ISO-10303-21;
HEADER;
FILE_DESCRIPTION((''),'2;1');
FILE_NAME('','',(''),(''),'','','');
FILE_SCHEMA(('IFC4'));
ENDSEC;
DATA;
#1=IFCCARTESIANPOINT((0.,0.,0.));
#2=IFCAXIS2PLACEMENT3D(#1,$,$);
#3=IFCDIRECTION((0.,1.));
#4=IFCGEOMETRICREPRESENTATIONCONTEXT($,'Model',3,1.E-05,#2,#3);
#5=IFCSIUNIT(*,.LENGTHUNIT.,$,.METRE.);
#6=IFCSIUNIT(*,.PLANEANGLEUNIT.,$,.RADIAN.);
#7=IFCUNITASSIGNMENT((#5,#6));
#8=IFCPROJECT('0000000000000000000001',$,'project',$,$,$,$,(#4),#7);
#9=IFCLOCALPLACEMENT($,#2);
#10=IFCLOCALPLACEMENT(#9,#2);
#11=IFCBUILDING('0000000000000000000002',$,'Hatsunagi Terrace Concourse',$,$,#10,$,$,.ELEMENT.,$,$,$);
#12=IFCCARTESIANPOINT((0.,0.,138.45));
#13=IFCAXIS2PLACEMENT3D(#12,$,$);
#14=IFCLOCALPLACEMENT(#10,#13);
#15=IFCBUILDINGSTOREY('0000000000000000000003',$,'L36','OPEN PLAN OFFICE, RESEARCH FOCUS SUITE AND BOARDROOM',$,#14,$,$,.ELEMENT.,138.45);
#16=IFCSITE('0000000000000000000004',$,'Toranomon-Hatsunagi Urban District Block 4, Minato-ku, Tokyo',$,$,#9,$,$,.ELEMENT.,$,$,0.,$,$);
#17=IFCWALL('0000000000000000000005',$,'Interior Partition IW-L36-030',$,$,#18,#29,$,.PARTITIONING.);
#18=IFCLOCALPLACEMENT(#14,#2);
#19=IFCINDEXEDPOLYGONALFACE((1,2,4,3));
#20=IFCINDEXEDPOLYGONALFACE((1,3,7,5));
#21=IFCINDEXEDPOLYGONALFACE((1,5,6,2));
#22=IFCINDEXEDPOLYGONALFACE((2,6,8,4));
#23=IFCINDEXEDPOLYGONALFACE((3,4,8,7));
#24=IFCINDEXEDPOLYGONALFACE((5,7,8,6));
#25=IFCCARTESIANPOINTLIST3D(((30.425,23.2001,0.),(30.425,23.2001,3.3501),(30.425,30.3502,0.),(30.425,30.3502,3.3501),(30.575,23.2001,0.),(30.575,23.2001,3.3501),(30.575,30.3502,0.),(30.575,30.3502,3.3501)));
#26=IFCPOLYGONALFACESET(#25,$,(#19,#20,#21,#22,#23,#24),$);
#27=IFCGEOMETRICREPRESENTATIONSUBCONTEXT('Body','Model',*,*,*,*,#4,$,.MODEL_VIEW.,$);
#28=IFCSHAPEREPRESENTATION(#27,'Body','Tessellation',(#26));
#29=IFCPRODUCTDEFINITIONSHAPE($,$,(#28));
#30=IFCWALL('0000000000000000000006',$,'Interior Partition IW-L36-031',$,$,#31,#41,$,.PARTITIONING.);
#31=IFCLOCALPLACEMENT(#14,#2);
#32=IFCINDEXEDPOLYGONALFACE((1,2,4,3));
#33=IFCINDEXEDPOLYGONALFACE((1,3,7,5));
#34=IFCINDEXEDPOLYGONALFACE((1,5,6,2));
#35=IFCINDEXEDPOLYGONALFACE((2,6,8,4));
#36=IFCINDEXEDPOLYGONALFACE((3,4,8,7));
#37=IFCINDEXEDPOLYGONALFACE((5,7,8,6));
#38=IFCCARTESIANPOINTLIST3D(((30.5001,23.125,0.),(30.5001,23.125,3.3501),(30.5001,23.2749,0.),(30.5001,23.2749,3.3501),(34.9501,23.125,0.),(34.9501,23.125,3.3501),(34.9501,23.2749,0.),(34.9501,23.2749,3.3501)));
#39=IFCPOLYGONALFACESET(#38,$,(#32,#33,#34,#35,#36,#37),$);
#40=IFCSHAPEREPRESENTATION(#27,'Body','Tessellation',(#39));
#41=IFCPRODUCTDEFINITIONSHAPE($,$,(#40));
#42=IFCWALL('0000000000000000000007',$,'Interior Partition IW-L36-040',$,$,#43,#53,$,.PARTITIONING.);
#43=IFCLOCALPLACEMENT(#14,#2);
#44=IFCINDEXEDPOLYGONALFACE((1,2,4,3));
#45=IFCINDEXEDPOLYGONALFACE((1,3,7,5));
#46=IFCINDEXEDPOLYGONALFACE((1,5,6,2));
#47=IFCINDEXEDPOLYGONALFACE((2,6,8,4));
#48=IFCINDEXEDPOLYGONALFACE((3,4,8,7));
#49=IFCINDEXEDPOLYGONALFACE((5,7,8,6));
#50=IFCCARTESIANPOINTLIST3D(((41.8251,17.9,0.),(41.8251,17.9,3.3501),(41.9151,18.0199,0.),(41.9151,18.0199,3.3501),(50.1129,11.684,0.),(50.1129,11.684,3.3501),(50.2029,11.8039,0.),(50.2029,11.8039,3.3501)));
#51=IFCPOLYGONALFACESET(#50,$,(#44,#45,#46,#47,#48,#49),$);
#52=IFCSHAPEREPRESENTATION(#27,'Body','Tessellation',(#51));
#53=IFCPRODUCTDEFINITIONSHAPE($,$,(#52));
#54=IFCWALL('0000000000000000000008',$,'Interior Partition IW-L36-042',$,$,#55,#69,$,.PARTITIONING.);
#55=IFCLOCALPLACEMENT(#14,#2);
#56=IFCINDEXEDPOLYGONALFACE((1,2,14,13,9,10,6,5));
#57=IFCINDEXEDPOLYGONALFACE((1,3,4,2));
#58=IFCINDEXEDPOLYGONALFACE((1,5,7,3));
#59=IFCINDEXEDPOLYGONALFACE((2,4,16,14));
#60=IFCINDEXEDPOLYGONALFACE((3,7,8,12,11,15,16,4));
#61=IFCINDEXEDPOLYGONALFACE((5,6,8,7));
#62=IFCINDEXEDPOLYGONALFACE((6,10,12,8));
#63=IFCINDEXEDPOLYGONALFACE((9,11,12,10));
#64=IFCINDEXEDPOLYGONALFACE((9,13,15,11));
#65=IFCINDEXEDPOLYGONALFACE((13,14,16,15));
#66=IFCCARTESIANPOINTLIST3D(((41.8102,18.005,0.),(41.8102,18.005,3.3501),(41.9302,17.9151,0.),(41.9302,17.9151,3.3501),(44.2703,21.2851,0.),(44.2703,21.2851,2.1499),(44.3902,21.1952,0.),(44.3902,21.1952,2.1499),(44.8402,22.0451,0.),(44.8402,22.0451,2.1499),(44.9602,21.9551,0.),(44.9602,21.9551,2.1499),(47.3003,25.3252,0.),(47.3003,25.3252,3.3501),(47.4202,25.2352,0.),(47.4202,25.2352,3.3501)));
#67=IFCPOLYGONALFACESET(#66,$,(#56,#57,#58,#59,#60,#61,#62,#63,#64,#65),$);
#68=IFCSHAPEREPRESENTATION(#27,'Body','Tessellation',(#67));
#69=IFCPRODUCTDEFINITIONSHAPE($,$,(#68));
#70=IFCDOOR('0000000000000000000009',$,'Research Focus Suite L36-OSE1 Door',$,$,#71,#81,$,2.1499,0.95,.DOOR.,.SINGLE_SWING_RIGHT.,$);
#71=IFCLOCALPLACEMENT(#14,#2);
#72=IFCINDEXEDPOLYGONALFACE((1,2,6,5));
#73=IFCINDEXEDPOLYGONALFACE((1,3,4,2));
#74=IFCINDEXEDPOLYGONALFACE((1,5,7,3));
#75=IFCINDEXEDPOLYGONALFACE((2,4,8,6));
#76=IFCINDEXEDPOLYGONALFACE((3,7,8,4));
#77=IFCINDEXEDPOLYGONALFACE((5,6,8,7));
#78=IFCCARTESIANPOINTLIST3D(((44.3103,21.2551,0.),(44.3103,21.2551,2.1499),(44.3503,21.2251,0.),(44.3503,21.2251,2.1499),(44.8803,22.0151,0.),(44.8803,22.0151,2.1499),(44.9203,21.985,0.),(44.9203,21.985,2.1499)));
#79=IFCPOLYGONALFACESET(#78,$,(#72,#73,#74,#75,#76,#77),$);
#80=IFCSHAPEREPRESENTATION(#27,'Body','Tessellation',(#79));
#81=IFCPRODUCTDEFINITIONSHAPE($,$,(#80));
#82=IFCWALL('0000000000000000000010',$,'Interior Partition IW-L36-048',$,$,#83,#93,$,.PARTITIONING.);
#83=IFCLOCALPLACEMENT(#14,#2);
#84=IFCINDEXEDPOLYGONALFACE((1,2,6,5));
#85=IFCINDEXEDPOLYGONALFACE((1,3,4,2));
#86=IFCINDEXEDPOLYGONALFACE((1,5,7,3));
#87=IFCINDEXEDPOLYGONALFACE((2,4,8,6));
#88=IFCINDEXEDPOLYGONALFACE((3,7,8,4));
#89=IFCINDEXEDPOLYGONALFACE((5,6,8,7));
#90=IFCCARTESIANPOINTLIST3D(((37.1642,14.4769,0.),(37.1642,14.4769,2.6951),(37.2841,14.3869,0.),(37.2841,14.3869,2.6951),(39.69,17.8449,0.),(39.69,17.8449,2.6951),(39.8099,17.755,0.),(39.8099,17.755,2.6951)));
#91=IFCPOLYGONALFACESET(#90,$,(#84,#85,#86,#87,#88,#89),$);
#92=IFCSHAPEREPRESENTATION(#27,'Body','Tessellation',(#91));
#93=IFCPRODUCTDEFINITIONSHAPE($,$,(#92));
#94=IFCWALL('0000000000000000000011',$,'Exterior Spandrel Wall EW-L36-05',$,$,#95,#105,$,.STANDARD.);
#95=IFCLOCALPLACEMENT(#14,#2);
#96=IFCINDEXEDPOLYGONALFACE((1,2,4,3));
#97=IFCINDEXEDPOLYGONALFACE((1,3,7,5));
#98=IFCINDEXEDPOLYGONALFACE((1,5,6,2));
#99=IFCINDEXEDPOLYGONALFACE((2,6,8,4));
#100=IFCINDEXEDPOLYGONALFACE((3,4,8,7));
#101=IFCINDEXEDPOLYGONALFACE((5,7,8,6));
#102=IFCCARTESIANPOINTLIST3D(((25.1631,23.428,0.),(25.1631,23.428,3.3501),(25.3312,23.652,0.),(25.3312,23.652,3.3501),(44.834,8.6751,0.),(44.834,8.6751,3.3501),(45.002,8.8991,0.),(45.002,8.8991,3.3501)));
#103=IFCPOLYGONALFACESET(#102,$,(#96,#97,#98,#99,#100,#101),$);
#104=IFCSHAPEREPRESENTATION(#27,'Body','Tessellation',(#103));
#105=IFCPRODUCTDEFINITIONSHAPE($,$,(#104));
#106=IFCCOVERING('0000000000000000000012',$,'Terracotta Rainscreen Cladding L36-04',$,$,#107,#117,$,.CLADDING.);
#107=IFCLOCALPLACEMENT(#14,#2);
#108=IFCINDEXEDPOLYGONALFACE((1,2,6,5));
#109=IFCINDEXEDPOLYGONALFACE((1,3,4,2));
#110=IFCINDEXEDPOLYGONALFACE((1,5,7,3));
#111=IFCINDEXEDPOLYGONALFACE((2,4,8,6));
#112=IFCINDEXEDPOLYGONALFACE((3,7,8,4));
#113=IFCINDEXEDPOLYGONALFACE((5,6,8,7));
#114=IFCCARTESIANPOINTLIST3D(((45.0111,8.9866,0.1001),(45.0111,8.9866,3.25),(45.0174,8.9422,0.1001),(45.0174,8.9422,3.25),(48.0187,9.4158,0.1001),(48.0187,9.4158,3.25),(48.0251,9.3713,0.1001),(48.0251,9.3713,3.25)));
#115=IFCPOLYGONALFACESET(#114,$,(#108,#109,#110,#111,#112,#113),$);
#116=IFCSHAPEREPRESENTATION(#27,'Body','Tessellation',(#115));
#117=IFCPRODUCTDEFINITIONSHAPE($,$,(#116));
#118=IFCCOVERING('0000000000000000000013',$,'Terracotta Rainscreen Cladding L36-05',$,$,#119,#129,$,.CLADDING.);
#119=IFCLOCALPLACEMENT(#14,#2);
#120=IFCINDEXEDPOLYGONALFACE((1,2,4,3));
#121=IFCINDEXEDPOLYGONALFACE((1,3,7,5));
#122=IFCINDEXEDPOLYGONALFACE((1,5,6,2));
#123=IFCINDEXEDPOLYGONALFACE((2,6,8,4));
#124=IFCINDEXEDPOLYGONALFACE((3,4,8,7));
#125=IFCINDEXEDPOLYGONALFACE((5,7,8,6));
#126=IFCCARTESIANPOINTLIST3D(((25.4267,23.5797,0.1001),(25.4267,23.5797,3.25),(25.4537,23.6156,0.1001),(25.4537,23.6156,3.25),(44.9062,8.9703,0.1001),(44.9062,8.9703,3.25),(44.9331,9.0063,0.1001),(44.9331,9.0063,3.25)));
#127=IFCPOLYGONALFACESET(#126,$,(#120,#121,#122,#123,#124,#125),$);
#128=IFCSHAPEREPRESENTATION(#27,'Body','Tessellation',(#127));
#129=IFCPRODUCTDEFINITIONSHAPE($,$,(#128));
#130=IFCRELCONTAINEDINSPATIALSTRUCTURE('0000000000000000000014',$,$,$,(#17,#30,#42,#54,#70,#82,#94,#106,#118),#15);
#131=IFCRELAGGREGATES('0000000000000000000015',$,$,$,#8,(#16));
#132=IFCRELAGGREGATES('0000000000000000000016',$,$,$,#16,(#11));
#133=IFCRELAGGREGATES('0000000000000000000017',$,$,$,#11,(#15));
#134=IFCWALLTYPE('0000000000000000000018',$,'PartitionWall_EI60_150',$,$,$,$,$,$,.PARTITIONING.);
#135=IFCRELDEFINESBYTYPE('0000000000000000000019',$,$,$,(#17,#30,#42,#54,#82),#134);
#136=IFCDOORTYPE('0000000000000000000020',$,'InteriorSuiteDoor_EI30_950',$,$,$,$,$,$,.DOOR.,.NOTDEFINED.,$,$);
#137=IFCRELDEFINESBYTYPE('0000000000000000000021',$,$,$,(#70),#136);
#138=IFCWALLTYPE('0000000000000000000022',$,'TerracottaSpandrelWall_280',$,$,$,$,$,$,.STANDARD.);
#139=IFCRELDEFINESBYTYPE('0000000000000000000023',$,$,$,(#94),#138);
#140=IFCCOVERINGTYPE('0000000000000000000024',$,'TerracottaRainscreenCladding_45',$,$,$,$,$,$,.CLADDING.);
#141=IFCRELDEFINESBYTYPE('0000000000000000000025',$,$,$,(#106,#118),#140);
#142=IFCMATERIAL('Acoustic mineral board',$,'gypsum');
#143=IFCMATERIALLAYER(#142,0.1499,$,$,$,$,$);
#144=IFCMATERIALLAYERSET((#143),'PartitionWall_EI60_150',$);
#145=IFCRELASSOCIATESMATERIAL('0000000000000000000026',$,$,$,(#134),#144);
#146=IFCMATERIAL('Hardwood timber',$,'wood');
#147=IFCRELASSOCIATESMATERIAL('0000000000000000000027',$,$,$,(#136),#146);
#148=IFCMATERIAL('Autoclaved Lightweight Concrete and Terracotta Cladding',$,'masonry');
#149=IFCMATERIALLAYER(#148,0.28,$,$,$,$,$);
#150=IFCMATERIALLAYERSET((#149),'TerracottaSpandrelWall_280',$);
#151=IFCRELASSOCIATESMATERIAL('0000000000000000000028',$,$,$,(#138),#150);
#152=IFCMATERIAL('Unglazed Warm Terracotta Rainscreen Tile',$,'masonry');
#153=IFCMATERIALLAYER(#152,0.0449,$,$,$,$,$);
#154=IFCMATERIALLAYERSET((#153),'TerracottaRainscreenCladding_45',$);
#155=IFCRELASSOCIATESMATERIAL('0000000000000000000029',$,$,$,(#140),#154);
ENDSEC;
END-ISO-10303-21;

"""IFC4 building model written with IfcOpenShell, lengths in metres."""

from ifc_helpers import new_model, si_unit, direction, frame, frame_2d, origin, origin_2d, place, context, subcontext, project, spatial, rectangle, extrude, material, layer, layer_set, type_object, element, fill, save


model = new_model("IFC4")

# Units and contexts
model_context = context("Model", 3, precision=1e-05, world=origin(), true_north=direction((0.0, 1.0)))
body_context = subcontext(model_context, "Body", "Model", "MODEL_VIEW")
ifc_project = project(units=[si_unit("LENGTHUNIT", "METRE"), si_unit("PLANEANGLEUNIT", "RADIAN")], contexts=[model_context])

# Site, building, storey
site_placement = place(None, origin())
site = spatial("IfcSite", under=ifc_project, at=site_placement, Name="Toranomon-Hatsunagi Urban District Block 4, Minato-ku, Tokyo", CompositionType="ELEMENT", RefElevation=0.0)
building_placement = place(site_placement, origin())
building = spatial("IfcBuilding", under=site, at=building_placement, Name="Hatsunagi Terrace Concourse", CompositionType="ELEMENT")
storey_placement = place(building_placement, frame((0.0, 0.0, 138.45)))
storey = spatial("IfcBuildingStorey", under=building, at=storey_placement, Name="L36", Description="OPEN PLAN OFFICE, RESEARCH FOCUS SUITE AND BOARDROOM", CompositionType="ELEMENT", Elevation=138.45)

# Walls
ifc_material_1 = material(Name="Acoustic mineral board", Category="gypsum")
ifc_layer_1 = layer(ifc_material_1, 0.1499)
ifc_layer_set_1 = layer_set([ifc_layer_1], Name="PartitionWall_EI60_150")
wall_type_1 = type_object("IfcWallType", Name="PartitionWall_EI60_150", PredefinedType="PARTITIONING", material=ifc_layer_set_1)
wall_1_placement = place(storey_placement, frame((30.5, 23.2, 0.0), z_axis=(0.0, 0.0, 1.0), x_axis=(0.0, 1.0, 0.0)))
element("IfcWall", 1, at=wall_1_placement, inside=storey, type_object=wall_type_1, Name="Interior Partition IW-L36-030", PredefinedType="PARTITIONING", context=body_context, shape_type="SweptSolid", body=[
    extrude(rectangle(XDim=7.1501, YDim=0.1499, at=frame_2d((3.5752, 0.0))), origin(), (0.0, 0.0, 1.0), 3.3501),
])
wall_2_placement = place(storey_placement, frame((30.5, 23.2, 0.0), z_axis=(0.0, 0.0, 1.0), x_axis=(1.0, 0.0, 0.0)))
element("IfcWall", 2, at=wall_2_placement, inside=storey, type_object=wall_type_1, Name="Interior Partition IW-L36-031", PredefinedType="PARTITIONING", context=body_context, shape_type="SweptSolid", body=[
    extrude(rectangle(XDim=4.45, YDim=0.1499, at=frame_2d((2.2251, 0.0))), origin(), (0.0, 0.0, 1.0), 3.3501),
])
wall_3_placement = place(storey_placement, frame((41.8701, 17.96, 0.0), z_axis=(0.0, 0.0, 1.0), x_axis=(0.799992, -0.600011, 0.0)))
element("IfcWall", 3, at=wall_3_placement, inside=storey, type_object=wall_type_1, Name="Interior Partition IW-L36-040", PredefinedType="PARTITIONING", context=body_context, shape_type="SweptSolid", body=[
    extrude(rectangle(XDim=10.3599, YDim=0.1499, at=frame_2d((5.1799, 0.0))), origin(), (0.0, 0.0, 1.0), 3.3501),
])

# Wall, opening, door
wall_4_placement = place(storey_placement, frame((41.8701, 17.96, 0.0), z_axis=(0.0, 0.0, 1.0), x_axis=(0.599996, 0.800003, 0.0)))
wall_4 = element("IfcWall", 4, at=wall_4_placement, inside=storey, type_object=wall_type_1, Name="Interior Partition IW-L36-042", PredefinedType="PARTITIONING", context=body_context, shape_type="SweptSolid", body=[
    extrude(rectangle(XDim=9.1501, YDim=0.1499, at=frame_2d((4.5752, 0.0))), origin(), (0.0, 0.0, 1.0), 3.3501),
])
opening_placement = place(wall_4_placement, frame((4.1001, 0.0, 0.0)))
opening = element("IfcOpeningElement", 5, at=opening_placement, cuts=wall_4, PredefinedType="OPENING", context=body_context, shape_type="SweptSolid", body=[
    extrude(rectangle(XDim=0.95, YDim=2.1499, at=frame_2d((0.4751, 1.075))), frame((0.0, 0.085, 0.0), z_axis=(0.0, -1.0, 0.0), x_axis=(1.0, 0.0, 0.0)), (0.0, 0.0, 1.0), 0.1699),
])
ifc_material_2 = material(Name="Hardwood timber", Category="wood")
door_type = type_object("IfcDoorType", Name="InteriorSuiteDoor_EI30_950", OperationType="NOTDEFINED", PredefinedType="DOOR", material=ifc_material_2)
door_placement = place(opening_placement, origin())
door = element("IfcDoor", 6, at=door_placement, inside=storey, type_object=door_type, Name="Research Focus Suite L36-OSE1 Door", OperationType="SINGLE_SWING_RIGHT", OverallHeight=2.1499, OverallWidth=0.95, PredefinedType="DOOR", context=body_context, shape_type="SweptSolid", body=[
    extrude(rectangle(XDim=0.95, YDim=2.1499, at=frame_2d((0.4751, 1.075))), frame((0.0, 0.0249, 0.0), z_axis=(0.0, -1.0, 0.0), x_axis=(1.0, 0.0, 0.0)), (0.0, 0.0, 1.0), 0.05),
])
fill(opening, door)

# Walls
wall_5_placement = place(storey_placement, frame((37.2241, 14.4319, 0.0), z_axis=(0.0, 0.0, 1.0), x_axis=(0.599963, 0.800028, 0.0)))
element("IfcWall", 7, at=wall_5_placement, inside=storey, type_object=wall_type_1, Name="Interior Partition IW-L36-048", PredefinedType="PARTITIONING", context=body_context, shape_type="SweptSolid", body=[
    extrude(rectangle(XDim=4.21, YDim=0.1499, at=frame_2d((2.105, 0.0))), origin(), (0.0, 0.0, 1.0), 2.6951),
])
ifc_material_3 = material(Name="Autoclaved Lightweight Concrete and Terracotta Cladding", Category="masonry")
ifc_layer_2 = layer(ifc_material_3, 0.28)
ifc_layer_set_2 = layer_set([ifc_layer_2], Name="TerracottaSpandrelWall_280")
wall_type_2 = type_object("IfcWallType", Name="TerracottaSpandrelWall_280", PredefinedType="STANDARD", material=ifc_layer_set_2)
wall_6_placement = place(storey_placement, frame((44.918, 8.7871, 0.0), z_axis=(0.0, 0.0, 1.0), x_axis=(-0.800005, 0.599994, 0.0)))
element("IfcWall", 8, at=wall_6_placement, inside=storey, type_object=wall_type_2, Name="Exterior Spandrel Wall EW-L36-05", PredefinedType="STANDARD", context=body_context, shape_type="SweptSolid", body=[
    extrude(rectangle(XDim=24.5884, YDim=0.28, at=frame_2d((12.2942, 0.0))), origin(), (0.0, 0.0, 1.0), 3.3501),
])

# Coverings
ifc_material_4 = material(Name="Unglazed Warm Terracotta Rainscreen Tile", Category="masonry")
ifc_layer_3 = layer(ifc_material_4, 0.0449)
ifc_layer_set_3 = layer_set([ifc_layer_3], Name="TerracottaRainscreenCladding_45")
covering_type = type_object("IfcCoveringType", Name="TerracottaRainscreenCladding_45", PredefinedType="CLADDING", material=ifc_layer_set_3)
covering_1_placement = place(storey_placement, frame((46.5181, 9.179, 0.1001), z_axis=(0.0, 0.0, 1.0), x_axis=(-0.989974, -0.14125, 0.0)))
element("IfcCovering", 9, at=covering_1_placement, inside=storey, type_object=covering_type, Name="Terracotta Rainscreen Cladding L36-04", PredefinedType="CLADDING", context=body_context, shape_type="SweptSolid", body=[
    extrude(rectangle(XDim=3.0381, YDim=0.0449, at=origin_2d()), origin(), (0.0, 0.0, 1.0), 3.1499),
])
covering_2_placement = place(storey_placement, frame((35.1799, 16.293, 0.1001), z_axis=(0.0, 0.0, 1.0), x_axis=(-0.800005, 0.599993, 0.0)))
element("IfcCovering", 10, at=covering_2_placement, inside=storey, type_object=covering_type, Name="Terracotta Rainscreen Cladding L36-05", PredefinedType="CLADDING", context=body_context, shape_type="SweptSolid", body=[
    extrude(rectangle(XDim=24.3491, YDim=0.0449, at=origin_2d()), origin(), (0.0, 0.0, 1.0), 3.1499),
])

save(model, "model.ifc")
